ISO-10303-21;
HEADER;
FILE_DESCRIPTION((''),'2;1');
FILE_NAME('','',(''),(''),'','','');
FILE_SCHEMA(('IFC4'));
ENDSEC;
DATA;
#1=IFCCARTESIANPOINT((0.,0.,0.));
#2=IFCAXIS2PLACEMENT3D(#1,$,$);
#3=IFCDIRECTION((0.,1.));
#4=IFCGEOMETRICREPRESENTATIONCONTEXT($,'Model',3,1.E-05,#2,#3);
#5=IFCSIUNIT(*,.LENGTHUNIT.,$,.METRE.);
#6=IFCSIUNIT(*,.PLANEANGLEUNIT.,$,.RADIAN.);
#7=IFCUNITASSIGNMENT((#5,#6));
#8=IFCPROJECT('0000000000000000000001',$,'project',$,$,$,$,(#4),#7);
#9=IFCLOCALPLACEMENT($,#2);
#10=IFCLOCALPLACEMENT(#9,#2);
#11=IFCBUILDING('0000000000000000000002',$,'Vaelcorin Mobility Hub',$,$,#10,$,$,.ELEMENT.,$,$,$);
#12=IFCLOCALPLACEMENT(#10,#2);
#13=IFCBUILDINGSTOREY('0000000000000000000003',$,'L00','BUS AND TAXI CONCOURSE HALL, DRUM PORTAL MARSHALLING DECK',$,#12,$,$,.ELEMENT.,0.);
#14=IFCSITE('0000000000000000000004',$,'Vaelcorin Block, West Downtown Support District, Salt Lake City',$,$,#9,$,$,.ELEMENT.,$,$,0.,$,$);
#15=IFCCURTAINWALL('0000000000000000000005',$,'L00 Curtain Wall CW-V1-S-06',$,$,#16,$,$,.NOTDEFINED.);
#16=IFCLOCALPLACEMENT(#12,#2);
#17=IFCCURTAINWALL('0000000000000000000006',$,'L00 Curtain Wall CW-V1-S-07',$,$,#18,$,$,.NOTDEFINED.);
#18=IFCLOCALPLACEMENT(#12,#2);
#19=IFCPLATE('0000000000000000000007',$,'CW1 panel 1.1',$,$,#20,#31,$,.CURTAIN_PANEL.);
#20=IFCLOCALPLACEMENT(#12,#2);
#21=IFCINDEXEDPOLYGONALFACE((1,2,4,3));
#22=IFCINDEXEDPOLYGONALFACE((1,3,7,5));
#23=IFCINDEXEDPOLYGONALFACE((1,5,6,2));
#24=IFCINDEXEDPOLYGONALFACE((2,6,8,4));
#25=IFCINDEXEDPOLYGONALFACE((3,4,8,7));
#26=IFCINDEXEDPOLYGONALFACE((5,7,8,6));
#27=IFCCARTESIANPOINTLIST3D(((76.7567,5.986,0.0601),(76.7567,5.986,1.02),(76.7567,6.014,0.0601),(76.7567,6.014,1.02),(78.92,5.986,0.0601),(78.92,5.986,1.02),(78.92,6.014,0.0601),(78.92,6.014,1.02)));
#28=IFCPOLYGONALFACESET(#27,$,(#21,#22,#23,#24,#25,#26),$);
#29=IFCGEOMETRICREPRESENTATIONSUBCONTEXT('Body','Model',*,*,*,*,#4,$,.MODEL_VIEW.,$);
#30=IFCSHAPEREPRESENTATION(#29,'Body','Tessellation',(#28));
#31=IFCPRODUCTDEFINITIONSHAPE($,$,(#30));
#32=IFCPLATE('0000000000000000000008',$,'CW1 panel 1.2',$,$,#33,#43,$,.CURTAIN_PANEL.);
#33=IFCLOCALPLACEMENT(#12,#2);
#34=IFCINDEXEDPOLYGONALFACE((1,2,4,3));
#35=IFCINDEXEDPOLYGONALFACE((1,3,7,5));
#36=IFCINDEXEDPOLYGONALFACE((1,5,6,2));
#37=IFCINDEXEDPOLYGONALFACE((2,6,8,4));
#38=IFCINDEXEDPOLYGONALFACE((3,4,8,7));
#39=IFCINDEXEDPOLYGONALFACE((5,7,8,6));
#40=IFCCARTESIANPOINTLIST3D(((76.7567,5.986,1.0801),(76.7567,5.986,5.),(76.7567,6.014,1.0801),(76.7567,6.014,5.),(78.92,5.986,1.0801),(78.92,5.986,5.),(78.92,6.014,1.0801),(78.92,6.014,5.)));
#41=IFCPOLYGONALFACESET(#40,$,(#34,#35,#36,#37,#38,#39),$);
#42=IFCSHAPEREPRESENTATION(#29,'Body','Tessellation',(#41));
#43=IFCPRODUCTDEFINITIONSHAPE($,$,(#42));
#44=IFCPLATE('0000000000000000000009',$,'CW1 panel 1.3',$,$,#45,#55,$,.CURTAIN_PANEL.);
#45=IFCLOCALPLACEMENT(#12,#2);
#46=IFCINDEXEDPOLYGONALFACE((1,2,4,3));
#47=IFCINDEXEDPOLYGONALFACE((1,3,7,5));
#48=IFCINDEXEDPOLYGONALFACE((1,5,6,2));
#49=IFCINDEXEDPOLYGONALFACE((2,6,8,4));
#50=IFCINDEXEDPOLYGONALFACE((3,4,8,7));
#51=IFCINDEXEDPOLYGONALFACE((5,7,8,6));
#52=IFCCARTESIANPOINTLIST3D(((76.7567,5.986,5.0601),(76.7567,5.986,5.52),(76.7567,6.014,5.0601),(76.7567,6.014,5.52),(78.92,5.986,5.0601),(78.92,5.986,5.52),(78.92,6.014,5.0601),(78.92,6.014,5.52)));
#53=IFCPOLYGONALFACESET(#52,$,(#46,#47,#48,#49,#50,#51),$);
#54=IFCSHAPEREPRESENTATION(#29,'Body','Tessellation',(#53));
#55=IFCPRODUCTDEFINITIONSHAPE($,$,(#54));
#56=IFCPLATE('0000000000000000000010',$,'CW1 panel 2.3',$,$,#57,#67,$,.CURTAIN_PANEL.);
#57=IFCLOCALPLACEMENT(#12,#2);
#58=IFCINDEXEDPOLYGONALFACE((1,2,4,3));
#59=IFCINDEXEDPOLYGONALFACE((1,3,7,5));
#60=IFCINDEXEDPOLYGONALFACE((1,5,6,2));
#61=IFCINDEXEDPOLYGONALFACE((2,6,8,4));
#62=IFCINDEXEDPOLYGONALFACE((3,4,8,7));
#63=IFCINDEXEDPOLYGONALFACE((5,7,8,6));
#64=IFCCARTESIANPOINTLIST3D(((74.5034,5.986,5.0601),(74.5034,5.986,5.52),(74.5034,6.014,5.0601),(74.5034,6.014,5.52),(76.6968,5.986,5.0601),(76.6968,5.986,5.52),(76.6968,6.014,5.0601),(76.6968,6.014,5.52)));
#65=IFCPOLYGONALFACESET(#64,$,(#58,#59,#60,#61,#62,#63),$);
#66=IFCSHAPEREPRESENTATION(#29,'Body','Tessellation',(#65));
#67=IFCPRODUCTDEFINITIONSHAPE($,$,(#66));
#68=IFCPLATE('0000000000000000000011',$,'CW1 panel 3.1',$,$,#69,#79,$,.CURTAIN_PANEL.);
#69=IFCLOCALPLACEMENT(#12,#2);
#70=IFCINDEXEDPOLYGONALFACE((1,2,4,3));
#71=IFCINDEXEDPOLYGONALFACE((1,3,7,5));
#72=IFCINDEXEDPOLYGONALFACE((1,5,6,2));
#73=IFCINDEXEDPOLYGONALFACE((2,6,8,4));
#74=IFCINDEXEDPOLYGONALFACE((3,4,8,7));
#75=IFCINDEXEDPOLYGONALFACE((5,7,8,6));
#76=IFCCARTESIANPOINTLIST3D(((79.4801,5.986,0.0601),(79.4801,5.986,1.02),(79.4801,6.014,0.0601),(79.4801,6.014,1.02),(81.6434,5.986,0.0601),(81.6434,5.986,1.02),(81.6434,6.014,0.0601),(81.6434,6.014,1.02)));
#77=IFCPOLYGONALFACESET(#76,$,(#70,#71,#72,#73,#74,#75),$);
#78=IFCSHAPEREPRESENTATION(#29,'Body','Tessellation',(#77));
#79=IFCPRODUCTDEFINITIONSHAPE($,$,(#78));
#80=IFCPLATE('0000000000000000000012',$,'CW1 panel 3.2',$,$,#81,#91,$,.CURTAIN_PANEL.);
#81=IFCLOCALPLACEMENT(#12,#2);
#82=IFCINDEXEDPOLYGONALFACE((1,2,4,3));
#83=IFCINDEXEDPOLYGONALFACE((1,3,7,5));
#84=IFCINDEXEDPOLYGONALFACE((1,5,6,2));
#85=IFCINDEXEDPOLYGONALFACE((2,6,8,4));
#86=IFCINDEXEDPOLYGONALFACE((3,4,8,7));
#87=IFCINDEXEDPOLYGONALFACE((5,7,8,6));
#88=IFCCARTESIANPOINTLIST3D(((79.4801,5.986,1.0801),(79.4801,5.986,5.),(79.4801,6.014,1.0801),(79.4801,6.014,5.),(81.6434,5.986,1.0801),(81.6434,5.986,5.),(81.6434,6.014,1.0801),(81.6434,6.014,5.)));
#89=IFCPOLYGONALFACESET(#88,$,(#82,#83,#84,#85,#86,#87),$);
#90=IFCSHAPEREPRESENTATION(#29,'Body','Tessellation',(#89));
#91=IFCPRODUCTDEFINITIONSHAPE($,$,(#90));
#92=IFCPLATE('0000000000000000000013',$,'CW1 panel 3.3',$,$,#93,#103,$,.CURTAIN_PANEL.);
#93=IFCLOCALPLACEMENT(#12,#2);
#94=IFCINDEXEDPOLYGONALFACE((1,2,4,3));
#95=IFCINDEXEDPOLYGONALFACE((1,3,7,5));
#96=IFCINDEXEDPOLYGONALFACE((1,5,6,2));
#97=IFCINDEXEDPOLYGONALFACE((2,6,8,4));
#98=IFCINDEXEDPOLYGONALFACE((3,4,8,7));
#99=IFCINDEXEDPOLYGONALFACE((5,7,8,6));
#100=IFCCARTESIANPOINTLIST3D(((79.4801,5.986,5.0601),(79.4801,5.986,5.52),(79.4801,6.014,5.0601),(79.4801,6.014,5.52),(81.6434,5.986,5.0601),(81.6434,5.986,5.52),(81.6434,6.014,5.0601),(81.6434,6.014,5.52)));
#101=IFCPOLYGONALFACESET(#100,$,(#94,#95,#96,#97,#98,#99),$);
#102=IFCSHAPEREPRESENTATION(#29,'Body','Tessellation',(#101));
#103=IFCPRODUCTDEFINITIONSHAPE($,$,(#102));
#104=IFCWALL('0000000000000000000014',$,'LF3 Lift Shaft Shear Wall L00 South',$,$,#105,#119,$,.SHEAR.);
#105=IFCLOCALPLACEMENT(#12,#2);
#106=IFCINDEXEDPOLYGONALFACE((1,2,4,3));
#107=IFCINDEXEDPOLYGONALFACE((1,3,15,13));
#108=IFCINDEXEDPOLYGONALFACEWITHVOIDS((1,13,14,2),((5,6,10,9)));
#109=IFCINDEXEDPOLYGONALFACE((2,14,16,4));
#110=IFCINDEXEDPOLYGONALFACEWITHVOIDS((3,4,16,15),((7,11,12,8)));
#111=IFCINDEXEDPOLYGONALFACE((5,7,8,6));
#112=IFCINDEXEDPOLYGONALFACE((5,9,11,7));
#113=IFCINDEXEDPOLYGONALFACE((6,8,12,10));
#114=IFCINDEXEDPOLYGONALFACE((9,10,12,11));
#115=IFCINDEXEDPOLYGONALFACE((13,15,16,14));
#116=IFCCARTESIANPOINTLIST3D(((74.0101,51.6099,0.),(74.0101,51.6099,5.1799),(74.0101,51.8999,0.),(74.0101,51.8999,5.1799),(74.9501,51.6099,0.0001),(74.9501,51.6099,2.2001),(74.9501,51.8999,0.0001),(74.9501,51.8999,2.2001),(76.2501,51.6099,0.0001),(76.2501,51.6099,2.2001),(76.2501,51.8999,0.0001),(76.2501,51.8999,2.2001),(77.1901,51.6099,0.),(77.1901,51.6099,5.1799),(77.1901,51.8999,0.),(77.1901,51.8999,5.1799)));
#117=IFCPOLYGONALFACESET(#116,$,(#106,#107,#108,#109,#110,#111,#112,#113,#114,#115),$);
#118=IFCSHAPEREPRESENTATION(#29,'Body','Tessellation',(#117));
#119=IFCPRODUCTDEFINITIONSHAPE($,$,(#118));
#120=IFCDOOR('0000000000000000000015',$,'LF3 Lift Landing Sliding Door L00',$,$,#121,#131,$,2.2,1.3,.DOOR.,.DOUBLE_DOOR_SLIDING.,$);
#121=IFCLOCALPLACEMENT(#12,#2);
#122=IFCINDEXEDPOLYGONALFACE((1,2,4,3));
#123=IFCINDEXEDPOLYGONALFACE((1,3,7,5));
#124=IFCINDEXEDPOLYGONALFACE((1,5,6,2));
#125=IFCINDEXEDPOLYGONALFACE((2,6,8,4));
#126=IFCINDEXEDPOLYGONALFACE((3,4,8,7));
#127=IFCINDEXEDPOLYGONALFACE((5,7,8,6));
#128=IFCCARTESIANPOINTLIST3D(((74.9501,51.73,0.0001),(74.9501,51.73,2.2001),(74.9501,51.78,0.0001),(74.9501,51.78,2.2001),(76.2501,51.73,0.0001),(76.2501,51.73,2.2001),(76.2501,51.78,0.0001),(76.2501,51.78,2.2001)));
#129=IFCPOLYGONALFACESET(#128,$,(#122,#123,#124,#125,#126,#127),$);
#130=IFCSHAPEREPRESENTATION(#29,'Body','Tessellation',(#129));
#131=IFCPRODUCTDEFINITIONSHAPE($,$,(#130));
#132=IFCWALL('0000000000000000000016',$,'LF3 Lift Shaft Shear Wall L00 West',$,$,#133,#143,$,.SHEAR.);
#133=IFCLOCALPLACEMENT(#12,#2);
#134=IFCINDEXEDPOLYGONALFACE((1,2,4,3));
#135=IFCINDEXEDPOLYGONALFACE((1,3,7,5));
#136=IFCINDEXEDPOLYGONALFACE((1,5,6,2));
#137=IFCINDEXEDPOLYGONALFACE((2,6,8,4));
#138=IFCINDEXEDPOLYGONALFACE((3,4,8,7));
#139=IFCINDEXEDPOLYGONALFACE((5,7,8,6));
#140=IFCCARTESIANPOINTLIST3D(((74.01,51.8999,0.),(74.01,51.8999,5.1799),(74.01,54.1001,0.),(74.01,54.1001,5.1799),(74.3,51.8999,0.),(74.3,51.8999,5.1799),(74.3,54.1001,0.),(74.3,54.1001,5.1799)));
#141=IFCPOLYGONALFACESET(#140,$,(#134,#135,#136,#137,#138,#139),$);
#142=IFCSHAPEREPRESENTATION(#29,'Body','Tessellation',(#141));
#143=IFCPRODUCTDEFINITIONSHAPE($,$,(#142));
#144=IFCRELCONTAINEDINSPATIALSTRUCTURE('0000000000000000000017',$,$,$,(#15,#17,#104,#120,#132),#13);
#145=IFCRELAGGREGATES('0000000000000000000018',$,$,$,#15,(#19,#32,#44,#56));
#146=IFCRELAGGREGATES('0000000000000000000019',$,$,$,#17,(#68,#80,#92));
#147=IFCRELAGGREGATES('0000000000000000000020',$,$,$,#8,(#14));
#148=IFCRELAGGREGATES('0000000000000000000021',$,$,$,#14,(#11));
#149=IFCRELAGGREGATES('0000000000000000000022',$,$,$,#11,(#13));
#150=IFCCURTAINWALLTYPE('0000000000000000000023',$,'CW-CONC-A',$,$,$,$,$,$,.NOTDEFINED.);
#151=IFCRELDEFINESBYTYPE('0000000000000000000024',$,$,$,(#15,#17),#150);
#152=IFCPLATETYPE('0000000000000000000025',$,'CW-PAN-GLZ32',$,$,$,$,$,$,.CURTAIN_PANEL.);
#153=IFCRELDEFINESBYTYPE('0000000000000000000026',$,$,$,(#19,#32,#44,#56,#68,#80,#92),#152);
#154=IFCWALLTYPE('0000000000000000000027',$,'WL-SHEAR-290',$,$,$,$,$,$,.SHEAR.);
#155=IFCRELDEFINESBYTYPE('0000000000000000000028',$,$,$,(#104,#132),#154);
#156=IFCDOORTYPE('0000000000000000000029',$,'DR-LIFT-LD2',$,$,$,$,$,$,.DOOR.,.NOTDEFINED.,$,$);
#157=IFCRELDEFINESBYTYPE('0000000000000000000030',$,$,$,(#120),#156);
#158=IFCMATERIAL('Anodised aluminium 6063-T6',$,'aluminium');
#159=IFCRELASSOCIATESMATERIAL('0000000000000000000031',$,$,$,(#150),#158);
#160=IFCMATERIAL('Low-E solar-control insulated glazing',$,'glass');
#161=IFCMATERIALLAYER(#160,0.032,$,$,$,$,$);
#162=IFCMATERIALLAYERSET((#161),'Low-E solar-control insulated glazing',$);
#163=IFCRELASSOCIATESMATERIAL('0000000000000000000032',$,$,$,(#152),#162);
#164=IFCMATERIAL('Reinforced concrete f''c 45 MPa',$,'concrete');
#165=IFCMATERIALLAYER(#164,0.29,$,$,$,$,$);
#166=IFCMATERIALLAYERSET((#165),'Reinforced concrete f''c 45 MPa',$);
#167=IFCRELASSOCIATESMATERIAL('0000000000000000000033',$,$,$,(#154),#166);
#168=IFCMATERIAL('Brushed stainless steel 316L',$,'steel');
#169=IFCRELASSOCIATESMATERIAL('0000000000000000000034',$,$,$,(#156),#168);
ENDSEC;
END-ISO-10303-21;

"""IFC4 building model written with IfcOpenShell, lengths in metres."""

from ifc_helpers import new_model, si_unit, direction, frame, frame_2d, origin, origin_2d, place, context, subcontext, project, spatial, rectangle, extrude, material, layer, layer_set, type_object, element, fill, aggregate, save


model = new_model("IFC4")

# Units and contexts
model_context = context("Model", 3, precision=1e-05, world=origin(), true_north=direction((0.0, 1.0)))
body_context = subcontext(model_context, "Body", "Model", "MODEL_VIEW")
ifc_project = project(units=[si_unit("LENGTHUNIT", "METRE"), si_unit("PLANEANGLEUNIT", "RADIAN")], contexts=[model_context])

# Site, building, storey
site_placement = place(None, origin())
site = spatial("IfcSite", under=ifc_project, at=site_placement, Name="Vaelcorin Block, West Downtown Support District, Salt Lake City", CompositionType="ELEMENT", RefElevation=0.0)
building_placement = place(site_placement, origin())
building = spatial("IfcBuilding", under=site, at=building_placement, Name="Vaelcorin Mobility Hub", CompositionType="ELEMENT")
storey_placement = place(building_placement, origin())
storey = spatial("IfcBuildingStorey", under=building, at=storey_placement, Name="L00", Description="BUS AND TAXI CONCOURSE HALL, DRUM PORTAL MARSHALLING DECK", CompositionType="ELEMENT", Elevation=0.0)

# Curtain wall
ifc_material_1 = material(Name="Anodised aluminium 6063-T6", Category="aluminium")
curtain_wall_type = type_object("IfcCurtainWallType", Name="CW-CONC-A", PredefinedType="NOTDEFINED", material=ifc_material_1)
curtain_wall_1_placement = place(storey_placement, origin())
curtain_wall_1 = element("IfcCurtainWall", 1, at=curtain_wall_1_placement, inside=storey, type_object=curtain_wall_type, Name="L00 Curtain Wall CW-V1-S-06", PredefinedType="NOTDEFINED")

# Curtain wall
curtain_wall_2_placement = place(storey_placement, origin())
curtain_wall_2 = element("IfcCurtainWall", 2, at=curtain_wall_2_placement, inside=storey, type_object=curtain_wall_type, Name="L00 Curtain Wall CW-V1-S-07", PredefinedType="NOTDEFINED")

# Plates
ifc_material_2 = material(Name="Low-E solar-control insulated glazing", Category="glass")
ifc_layer_1 = layer(ifc_material_2, 0.032)
ifc_layer_set_1 = layer_set([ifc_layer_1], Name="Low-E solar-control insulated glazing")
plate_type = type_object("IfcPlateType", Name="CW-PAN-GLZ32", PredefinedType="CURTAIN_PANEL", material=ifc_layer_set_1)
plate_1_placement = place(storey_placement, frame((77.8384, 6.0, 0.0601), z_axis=(0.0, 0.0, 1.0), x_axis=(-1.0, 0.0, 0.0)))
plate_1 = element("IfcPlate", 3, at=plate_1_placement, type_object=plate_type, Name="CW1 panel 1.1", PredefinedType="CURTAIN_PANEL", context=body_context, shape_type="SweptSolid", body=[
    extrude(rectangle(XDim=2.1633, YDim=0.0281, at=origin_2d()), origin(), (0.0, 0.0, 1.0), 0.96),
])
plate_2_placement = place(storey_placement, frame((77.8384, 6.0, 1.0801), z_axis=(0.0, 0.0, 1.0), x_axis=(-1.0, 0.0, 0.0)))
plate_2 = element("IfcPlate", 4, at=plate_2_placement, type_object=plate_type, Name="CW1 panel 1.2", PredefinedType="CURTAIN_PANEL", context=body_context, shape_type="SweptSolid", body=[
    extrude(rectangle(XDim=2.1633, YDim=0.0281, at=origin_2d()), origin(), (0.0, 0.0, 1.0), 3.9199),
])
plate_3_placement = place(storey_placement, frame((77.8384, 6.0, 5.0601), z_axis=(0.0, 0.0, 1.0), x_axis=(-1.0, 0.0, 0.0)))
plate_3 = element("IfcPlate", 5, at=plate_3_placement, type_object=plate_type, Name="CW1 panel 1.3", PredefinedType="CURTAIN_PANEL", context=body_context, shape_type="SweptSolid", body=[
    extrude(rectangle(XDim=2.1633, YDim=0.0281, at=origin_2d()), origin(), (0.0, 0.0, 1.0), 0.46),
])
plate_4_placement = place(storey_placement, frame((75.6001, 6.0, 5.0601), z_axis=(0.0, 0.0, 1.0), x_axis=(-1.0, 0.0, 0.0)))
plate_4 = element("IfcPlate", 6, at=plate_4_placement, type_object=plate_type, Name="CW1 panel 2.3", PredefinedType="CURTAIN_PANEL", context=body_context, shape_type="SweptSolid", body=[
    extrude(rectangle(XDim=2.1934, YDim=0.0281, at=origin_2d()), origin(), (0.0, 0.0, 1.0), 0.46),
])
aggregate(curtain_wall_1, [plate_1, plate_2, plate_3, plate_4])
plate_5_placement = place(storey_placement, frame((80.5618, 6.0, 0.0601), z_axis=(0.0, 0.0, 1.0), x_axis=(-1.0, 0.0, 0.0)))
plate_5 = element("IfcPlate", 7, at=plate_5_placement, type_object=plate_type, Name="CW1 panel 3.1", PredefinedType="CURTAIN_PANEL", context=body_context, shape_type="SweptSolid", body=[
    extrude(rectangle(XDim=2.1633, YDim=0.0281, at=origin_2d()), origin(), (0.0, 0.0, 1.0), 0.96),
])
plate_6_placement = place(storey_placement, frame((80.5618, 6.0, 1.0801), z_axis=(0.0, 0.0, 1.0), x_axis=(-1.0, 0.0, 0.0)))
plate_6 = element("IfcPlate", 8, at=plate_6_placement, type_object=plate_type, Name="CW1 panel 3.2", PredefinedType="CURTAIN_PANEL", context=body_context, shape_type="SweptSolid", body=[
    extrude(rectangle(XDim=2.1633, YDim=0.0281, at=origin_2d()), origin(), (0.0, 0.0, 1.0), 3.9199),
])
plate_7_placement = place(storey_placement, frame((80.5618, 6.0, 5.0601), z_axis=(0.0, 0.0, 1.0), x_axis=(-1.0, 0.0, 0.0)))
plate_7 = element("IfcPlate", 9, at=plate_7_placement, type_object=plate_type, Name="CW1 panel 3.3", PredefinedType="CURTAIN_PANEL", context=body_context, shape_type="SweptSolid", body=[
    extrude(rectangle(XDim=2.1633, YDim=0.0281, at=origin_2d()), origin(), (0.0, 0.0, 1.0), 0.46),
])
aggregate(curtain_wall_2, [plate_5, plate_6, plate_7])

# Wall, opening, door
ifc_material_3 = material(Name="Reinforced concrete f'c 45 MPa", Category="concrete")
ifc_layer_2 = layer(ifc_material_3, 0.29)
ifc_layer_set_2 = layer_set([ifc_layer_2], Name="Reinforced concrete f'c 45 MPa")
wall_type = type_object("IfcWallType", Name="WL-SHEAR-290", PredefinedType="SHEAR", material=ifc_layer_set_2)
wall_1_placement = place(storey_placement, frame((77.1899, 51.7549, 0.0), z_axis=(0.0, 0.0, 1.0), x_axis=(-1.0, 0.0, 0.0)))
wall_1 = element("IfcWall", 10, at=wall_1_placement, inside=storey, type_object=wall_type, Name="LF3 Lift Shaft Shear Wall L00 South", PredefinedType="SHEAR", context=body_context, shape_type="SweptSolid", body=[
    extrude(rectangle(XDim=3.1799, YDim=0.29, at=frame_2d((1.5898, 0.0))), origin(), (0.0, 0.0, 1.0), 5.1799),
])
opening_placement = place(wall_1_placement, frame((0.9399, 0.0, 0.0)))
opening = element("IfcOpeningElement", 11, at=opening_placement, cuts=wall_1, PredefinedType="OPENING", context=body_context, shape_type="SweptSolid", body=[
    extrude(rectangle(XDim=1.3, YDim=2.2, at=frame_2d((0.6499, 1.1001))), frame((0.0, 0.155, 0.0), z_axis=(0.0, -1.0, 0.0), x_axis=(1.0, 0.0, 0.0)), (0.0, 0.0, 1.0), 0.3101),
])
ifc_material_4 = material(Name="Brushed stainless steel 316L", Category="steel")
door_type = type_object("IfcDoorType", Name="DR-LIFT-LD2", OperationType="NOTDEFINED", PredefinedType="DOOR", material=ifc_material_4)
door_placement = place(opening_placement, origin())
door = element("IfcDoor", 12, at=door_placement, inside=storey, type_object=door_type, Name="LF3 Lift Landing Sliding Door L00", OperationType="DOUBLE_DOOR_SLIDING", OverallHeight=2.2, OverallWidth=1.3, PredefinedType="DOOR", context=body_context, shape_type="SweptSolid", body=[
    extrude(rectangle(XDim=1.3, YDim=2.2, at=frame_2d((0.6499, 1.1001))), frame((0.0, 0.0249, 0.0), z_axis=(0.0, -1.0, 0.0), x_axis=(1.0, 0.0, 0.0)), (0.0, 0.0, 1.0), 0.05),
])
fill(opening, door)

# Wall
wall_2_placement = place(storey_placement, frame((74.155, 51.8999, 0.0), z_axis=(0.0, 0.0, 1.0), x_axis=(0.0, 1.0, 0.0)))
element("IfcWall", 13, at=wall_2_placement, inside=storey, type_object=wall_type, Name="LF3 Lift Shaft Shear Wall L00 West", PredefinedType="SHEAR", context=body_context, shape_type="SweptSolid", body=[
    extrude(rectangle(XDim=2.2002, YDim=0.29, at=frame_2d((1.1001, 0.0))), origin(), (0.0, 0.0, 1.0), 5.1799),
])

save(model, "model.ifc")
